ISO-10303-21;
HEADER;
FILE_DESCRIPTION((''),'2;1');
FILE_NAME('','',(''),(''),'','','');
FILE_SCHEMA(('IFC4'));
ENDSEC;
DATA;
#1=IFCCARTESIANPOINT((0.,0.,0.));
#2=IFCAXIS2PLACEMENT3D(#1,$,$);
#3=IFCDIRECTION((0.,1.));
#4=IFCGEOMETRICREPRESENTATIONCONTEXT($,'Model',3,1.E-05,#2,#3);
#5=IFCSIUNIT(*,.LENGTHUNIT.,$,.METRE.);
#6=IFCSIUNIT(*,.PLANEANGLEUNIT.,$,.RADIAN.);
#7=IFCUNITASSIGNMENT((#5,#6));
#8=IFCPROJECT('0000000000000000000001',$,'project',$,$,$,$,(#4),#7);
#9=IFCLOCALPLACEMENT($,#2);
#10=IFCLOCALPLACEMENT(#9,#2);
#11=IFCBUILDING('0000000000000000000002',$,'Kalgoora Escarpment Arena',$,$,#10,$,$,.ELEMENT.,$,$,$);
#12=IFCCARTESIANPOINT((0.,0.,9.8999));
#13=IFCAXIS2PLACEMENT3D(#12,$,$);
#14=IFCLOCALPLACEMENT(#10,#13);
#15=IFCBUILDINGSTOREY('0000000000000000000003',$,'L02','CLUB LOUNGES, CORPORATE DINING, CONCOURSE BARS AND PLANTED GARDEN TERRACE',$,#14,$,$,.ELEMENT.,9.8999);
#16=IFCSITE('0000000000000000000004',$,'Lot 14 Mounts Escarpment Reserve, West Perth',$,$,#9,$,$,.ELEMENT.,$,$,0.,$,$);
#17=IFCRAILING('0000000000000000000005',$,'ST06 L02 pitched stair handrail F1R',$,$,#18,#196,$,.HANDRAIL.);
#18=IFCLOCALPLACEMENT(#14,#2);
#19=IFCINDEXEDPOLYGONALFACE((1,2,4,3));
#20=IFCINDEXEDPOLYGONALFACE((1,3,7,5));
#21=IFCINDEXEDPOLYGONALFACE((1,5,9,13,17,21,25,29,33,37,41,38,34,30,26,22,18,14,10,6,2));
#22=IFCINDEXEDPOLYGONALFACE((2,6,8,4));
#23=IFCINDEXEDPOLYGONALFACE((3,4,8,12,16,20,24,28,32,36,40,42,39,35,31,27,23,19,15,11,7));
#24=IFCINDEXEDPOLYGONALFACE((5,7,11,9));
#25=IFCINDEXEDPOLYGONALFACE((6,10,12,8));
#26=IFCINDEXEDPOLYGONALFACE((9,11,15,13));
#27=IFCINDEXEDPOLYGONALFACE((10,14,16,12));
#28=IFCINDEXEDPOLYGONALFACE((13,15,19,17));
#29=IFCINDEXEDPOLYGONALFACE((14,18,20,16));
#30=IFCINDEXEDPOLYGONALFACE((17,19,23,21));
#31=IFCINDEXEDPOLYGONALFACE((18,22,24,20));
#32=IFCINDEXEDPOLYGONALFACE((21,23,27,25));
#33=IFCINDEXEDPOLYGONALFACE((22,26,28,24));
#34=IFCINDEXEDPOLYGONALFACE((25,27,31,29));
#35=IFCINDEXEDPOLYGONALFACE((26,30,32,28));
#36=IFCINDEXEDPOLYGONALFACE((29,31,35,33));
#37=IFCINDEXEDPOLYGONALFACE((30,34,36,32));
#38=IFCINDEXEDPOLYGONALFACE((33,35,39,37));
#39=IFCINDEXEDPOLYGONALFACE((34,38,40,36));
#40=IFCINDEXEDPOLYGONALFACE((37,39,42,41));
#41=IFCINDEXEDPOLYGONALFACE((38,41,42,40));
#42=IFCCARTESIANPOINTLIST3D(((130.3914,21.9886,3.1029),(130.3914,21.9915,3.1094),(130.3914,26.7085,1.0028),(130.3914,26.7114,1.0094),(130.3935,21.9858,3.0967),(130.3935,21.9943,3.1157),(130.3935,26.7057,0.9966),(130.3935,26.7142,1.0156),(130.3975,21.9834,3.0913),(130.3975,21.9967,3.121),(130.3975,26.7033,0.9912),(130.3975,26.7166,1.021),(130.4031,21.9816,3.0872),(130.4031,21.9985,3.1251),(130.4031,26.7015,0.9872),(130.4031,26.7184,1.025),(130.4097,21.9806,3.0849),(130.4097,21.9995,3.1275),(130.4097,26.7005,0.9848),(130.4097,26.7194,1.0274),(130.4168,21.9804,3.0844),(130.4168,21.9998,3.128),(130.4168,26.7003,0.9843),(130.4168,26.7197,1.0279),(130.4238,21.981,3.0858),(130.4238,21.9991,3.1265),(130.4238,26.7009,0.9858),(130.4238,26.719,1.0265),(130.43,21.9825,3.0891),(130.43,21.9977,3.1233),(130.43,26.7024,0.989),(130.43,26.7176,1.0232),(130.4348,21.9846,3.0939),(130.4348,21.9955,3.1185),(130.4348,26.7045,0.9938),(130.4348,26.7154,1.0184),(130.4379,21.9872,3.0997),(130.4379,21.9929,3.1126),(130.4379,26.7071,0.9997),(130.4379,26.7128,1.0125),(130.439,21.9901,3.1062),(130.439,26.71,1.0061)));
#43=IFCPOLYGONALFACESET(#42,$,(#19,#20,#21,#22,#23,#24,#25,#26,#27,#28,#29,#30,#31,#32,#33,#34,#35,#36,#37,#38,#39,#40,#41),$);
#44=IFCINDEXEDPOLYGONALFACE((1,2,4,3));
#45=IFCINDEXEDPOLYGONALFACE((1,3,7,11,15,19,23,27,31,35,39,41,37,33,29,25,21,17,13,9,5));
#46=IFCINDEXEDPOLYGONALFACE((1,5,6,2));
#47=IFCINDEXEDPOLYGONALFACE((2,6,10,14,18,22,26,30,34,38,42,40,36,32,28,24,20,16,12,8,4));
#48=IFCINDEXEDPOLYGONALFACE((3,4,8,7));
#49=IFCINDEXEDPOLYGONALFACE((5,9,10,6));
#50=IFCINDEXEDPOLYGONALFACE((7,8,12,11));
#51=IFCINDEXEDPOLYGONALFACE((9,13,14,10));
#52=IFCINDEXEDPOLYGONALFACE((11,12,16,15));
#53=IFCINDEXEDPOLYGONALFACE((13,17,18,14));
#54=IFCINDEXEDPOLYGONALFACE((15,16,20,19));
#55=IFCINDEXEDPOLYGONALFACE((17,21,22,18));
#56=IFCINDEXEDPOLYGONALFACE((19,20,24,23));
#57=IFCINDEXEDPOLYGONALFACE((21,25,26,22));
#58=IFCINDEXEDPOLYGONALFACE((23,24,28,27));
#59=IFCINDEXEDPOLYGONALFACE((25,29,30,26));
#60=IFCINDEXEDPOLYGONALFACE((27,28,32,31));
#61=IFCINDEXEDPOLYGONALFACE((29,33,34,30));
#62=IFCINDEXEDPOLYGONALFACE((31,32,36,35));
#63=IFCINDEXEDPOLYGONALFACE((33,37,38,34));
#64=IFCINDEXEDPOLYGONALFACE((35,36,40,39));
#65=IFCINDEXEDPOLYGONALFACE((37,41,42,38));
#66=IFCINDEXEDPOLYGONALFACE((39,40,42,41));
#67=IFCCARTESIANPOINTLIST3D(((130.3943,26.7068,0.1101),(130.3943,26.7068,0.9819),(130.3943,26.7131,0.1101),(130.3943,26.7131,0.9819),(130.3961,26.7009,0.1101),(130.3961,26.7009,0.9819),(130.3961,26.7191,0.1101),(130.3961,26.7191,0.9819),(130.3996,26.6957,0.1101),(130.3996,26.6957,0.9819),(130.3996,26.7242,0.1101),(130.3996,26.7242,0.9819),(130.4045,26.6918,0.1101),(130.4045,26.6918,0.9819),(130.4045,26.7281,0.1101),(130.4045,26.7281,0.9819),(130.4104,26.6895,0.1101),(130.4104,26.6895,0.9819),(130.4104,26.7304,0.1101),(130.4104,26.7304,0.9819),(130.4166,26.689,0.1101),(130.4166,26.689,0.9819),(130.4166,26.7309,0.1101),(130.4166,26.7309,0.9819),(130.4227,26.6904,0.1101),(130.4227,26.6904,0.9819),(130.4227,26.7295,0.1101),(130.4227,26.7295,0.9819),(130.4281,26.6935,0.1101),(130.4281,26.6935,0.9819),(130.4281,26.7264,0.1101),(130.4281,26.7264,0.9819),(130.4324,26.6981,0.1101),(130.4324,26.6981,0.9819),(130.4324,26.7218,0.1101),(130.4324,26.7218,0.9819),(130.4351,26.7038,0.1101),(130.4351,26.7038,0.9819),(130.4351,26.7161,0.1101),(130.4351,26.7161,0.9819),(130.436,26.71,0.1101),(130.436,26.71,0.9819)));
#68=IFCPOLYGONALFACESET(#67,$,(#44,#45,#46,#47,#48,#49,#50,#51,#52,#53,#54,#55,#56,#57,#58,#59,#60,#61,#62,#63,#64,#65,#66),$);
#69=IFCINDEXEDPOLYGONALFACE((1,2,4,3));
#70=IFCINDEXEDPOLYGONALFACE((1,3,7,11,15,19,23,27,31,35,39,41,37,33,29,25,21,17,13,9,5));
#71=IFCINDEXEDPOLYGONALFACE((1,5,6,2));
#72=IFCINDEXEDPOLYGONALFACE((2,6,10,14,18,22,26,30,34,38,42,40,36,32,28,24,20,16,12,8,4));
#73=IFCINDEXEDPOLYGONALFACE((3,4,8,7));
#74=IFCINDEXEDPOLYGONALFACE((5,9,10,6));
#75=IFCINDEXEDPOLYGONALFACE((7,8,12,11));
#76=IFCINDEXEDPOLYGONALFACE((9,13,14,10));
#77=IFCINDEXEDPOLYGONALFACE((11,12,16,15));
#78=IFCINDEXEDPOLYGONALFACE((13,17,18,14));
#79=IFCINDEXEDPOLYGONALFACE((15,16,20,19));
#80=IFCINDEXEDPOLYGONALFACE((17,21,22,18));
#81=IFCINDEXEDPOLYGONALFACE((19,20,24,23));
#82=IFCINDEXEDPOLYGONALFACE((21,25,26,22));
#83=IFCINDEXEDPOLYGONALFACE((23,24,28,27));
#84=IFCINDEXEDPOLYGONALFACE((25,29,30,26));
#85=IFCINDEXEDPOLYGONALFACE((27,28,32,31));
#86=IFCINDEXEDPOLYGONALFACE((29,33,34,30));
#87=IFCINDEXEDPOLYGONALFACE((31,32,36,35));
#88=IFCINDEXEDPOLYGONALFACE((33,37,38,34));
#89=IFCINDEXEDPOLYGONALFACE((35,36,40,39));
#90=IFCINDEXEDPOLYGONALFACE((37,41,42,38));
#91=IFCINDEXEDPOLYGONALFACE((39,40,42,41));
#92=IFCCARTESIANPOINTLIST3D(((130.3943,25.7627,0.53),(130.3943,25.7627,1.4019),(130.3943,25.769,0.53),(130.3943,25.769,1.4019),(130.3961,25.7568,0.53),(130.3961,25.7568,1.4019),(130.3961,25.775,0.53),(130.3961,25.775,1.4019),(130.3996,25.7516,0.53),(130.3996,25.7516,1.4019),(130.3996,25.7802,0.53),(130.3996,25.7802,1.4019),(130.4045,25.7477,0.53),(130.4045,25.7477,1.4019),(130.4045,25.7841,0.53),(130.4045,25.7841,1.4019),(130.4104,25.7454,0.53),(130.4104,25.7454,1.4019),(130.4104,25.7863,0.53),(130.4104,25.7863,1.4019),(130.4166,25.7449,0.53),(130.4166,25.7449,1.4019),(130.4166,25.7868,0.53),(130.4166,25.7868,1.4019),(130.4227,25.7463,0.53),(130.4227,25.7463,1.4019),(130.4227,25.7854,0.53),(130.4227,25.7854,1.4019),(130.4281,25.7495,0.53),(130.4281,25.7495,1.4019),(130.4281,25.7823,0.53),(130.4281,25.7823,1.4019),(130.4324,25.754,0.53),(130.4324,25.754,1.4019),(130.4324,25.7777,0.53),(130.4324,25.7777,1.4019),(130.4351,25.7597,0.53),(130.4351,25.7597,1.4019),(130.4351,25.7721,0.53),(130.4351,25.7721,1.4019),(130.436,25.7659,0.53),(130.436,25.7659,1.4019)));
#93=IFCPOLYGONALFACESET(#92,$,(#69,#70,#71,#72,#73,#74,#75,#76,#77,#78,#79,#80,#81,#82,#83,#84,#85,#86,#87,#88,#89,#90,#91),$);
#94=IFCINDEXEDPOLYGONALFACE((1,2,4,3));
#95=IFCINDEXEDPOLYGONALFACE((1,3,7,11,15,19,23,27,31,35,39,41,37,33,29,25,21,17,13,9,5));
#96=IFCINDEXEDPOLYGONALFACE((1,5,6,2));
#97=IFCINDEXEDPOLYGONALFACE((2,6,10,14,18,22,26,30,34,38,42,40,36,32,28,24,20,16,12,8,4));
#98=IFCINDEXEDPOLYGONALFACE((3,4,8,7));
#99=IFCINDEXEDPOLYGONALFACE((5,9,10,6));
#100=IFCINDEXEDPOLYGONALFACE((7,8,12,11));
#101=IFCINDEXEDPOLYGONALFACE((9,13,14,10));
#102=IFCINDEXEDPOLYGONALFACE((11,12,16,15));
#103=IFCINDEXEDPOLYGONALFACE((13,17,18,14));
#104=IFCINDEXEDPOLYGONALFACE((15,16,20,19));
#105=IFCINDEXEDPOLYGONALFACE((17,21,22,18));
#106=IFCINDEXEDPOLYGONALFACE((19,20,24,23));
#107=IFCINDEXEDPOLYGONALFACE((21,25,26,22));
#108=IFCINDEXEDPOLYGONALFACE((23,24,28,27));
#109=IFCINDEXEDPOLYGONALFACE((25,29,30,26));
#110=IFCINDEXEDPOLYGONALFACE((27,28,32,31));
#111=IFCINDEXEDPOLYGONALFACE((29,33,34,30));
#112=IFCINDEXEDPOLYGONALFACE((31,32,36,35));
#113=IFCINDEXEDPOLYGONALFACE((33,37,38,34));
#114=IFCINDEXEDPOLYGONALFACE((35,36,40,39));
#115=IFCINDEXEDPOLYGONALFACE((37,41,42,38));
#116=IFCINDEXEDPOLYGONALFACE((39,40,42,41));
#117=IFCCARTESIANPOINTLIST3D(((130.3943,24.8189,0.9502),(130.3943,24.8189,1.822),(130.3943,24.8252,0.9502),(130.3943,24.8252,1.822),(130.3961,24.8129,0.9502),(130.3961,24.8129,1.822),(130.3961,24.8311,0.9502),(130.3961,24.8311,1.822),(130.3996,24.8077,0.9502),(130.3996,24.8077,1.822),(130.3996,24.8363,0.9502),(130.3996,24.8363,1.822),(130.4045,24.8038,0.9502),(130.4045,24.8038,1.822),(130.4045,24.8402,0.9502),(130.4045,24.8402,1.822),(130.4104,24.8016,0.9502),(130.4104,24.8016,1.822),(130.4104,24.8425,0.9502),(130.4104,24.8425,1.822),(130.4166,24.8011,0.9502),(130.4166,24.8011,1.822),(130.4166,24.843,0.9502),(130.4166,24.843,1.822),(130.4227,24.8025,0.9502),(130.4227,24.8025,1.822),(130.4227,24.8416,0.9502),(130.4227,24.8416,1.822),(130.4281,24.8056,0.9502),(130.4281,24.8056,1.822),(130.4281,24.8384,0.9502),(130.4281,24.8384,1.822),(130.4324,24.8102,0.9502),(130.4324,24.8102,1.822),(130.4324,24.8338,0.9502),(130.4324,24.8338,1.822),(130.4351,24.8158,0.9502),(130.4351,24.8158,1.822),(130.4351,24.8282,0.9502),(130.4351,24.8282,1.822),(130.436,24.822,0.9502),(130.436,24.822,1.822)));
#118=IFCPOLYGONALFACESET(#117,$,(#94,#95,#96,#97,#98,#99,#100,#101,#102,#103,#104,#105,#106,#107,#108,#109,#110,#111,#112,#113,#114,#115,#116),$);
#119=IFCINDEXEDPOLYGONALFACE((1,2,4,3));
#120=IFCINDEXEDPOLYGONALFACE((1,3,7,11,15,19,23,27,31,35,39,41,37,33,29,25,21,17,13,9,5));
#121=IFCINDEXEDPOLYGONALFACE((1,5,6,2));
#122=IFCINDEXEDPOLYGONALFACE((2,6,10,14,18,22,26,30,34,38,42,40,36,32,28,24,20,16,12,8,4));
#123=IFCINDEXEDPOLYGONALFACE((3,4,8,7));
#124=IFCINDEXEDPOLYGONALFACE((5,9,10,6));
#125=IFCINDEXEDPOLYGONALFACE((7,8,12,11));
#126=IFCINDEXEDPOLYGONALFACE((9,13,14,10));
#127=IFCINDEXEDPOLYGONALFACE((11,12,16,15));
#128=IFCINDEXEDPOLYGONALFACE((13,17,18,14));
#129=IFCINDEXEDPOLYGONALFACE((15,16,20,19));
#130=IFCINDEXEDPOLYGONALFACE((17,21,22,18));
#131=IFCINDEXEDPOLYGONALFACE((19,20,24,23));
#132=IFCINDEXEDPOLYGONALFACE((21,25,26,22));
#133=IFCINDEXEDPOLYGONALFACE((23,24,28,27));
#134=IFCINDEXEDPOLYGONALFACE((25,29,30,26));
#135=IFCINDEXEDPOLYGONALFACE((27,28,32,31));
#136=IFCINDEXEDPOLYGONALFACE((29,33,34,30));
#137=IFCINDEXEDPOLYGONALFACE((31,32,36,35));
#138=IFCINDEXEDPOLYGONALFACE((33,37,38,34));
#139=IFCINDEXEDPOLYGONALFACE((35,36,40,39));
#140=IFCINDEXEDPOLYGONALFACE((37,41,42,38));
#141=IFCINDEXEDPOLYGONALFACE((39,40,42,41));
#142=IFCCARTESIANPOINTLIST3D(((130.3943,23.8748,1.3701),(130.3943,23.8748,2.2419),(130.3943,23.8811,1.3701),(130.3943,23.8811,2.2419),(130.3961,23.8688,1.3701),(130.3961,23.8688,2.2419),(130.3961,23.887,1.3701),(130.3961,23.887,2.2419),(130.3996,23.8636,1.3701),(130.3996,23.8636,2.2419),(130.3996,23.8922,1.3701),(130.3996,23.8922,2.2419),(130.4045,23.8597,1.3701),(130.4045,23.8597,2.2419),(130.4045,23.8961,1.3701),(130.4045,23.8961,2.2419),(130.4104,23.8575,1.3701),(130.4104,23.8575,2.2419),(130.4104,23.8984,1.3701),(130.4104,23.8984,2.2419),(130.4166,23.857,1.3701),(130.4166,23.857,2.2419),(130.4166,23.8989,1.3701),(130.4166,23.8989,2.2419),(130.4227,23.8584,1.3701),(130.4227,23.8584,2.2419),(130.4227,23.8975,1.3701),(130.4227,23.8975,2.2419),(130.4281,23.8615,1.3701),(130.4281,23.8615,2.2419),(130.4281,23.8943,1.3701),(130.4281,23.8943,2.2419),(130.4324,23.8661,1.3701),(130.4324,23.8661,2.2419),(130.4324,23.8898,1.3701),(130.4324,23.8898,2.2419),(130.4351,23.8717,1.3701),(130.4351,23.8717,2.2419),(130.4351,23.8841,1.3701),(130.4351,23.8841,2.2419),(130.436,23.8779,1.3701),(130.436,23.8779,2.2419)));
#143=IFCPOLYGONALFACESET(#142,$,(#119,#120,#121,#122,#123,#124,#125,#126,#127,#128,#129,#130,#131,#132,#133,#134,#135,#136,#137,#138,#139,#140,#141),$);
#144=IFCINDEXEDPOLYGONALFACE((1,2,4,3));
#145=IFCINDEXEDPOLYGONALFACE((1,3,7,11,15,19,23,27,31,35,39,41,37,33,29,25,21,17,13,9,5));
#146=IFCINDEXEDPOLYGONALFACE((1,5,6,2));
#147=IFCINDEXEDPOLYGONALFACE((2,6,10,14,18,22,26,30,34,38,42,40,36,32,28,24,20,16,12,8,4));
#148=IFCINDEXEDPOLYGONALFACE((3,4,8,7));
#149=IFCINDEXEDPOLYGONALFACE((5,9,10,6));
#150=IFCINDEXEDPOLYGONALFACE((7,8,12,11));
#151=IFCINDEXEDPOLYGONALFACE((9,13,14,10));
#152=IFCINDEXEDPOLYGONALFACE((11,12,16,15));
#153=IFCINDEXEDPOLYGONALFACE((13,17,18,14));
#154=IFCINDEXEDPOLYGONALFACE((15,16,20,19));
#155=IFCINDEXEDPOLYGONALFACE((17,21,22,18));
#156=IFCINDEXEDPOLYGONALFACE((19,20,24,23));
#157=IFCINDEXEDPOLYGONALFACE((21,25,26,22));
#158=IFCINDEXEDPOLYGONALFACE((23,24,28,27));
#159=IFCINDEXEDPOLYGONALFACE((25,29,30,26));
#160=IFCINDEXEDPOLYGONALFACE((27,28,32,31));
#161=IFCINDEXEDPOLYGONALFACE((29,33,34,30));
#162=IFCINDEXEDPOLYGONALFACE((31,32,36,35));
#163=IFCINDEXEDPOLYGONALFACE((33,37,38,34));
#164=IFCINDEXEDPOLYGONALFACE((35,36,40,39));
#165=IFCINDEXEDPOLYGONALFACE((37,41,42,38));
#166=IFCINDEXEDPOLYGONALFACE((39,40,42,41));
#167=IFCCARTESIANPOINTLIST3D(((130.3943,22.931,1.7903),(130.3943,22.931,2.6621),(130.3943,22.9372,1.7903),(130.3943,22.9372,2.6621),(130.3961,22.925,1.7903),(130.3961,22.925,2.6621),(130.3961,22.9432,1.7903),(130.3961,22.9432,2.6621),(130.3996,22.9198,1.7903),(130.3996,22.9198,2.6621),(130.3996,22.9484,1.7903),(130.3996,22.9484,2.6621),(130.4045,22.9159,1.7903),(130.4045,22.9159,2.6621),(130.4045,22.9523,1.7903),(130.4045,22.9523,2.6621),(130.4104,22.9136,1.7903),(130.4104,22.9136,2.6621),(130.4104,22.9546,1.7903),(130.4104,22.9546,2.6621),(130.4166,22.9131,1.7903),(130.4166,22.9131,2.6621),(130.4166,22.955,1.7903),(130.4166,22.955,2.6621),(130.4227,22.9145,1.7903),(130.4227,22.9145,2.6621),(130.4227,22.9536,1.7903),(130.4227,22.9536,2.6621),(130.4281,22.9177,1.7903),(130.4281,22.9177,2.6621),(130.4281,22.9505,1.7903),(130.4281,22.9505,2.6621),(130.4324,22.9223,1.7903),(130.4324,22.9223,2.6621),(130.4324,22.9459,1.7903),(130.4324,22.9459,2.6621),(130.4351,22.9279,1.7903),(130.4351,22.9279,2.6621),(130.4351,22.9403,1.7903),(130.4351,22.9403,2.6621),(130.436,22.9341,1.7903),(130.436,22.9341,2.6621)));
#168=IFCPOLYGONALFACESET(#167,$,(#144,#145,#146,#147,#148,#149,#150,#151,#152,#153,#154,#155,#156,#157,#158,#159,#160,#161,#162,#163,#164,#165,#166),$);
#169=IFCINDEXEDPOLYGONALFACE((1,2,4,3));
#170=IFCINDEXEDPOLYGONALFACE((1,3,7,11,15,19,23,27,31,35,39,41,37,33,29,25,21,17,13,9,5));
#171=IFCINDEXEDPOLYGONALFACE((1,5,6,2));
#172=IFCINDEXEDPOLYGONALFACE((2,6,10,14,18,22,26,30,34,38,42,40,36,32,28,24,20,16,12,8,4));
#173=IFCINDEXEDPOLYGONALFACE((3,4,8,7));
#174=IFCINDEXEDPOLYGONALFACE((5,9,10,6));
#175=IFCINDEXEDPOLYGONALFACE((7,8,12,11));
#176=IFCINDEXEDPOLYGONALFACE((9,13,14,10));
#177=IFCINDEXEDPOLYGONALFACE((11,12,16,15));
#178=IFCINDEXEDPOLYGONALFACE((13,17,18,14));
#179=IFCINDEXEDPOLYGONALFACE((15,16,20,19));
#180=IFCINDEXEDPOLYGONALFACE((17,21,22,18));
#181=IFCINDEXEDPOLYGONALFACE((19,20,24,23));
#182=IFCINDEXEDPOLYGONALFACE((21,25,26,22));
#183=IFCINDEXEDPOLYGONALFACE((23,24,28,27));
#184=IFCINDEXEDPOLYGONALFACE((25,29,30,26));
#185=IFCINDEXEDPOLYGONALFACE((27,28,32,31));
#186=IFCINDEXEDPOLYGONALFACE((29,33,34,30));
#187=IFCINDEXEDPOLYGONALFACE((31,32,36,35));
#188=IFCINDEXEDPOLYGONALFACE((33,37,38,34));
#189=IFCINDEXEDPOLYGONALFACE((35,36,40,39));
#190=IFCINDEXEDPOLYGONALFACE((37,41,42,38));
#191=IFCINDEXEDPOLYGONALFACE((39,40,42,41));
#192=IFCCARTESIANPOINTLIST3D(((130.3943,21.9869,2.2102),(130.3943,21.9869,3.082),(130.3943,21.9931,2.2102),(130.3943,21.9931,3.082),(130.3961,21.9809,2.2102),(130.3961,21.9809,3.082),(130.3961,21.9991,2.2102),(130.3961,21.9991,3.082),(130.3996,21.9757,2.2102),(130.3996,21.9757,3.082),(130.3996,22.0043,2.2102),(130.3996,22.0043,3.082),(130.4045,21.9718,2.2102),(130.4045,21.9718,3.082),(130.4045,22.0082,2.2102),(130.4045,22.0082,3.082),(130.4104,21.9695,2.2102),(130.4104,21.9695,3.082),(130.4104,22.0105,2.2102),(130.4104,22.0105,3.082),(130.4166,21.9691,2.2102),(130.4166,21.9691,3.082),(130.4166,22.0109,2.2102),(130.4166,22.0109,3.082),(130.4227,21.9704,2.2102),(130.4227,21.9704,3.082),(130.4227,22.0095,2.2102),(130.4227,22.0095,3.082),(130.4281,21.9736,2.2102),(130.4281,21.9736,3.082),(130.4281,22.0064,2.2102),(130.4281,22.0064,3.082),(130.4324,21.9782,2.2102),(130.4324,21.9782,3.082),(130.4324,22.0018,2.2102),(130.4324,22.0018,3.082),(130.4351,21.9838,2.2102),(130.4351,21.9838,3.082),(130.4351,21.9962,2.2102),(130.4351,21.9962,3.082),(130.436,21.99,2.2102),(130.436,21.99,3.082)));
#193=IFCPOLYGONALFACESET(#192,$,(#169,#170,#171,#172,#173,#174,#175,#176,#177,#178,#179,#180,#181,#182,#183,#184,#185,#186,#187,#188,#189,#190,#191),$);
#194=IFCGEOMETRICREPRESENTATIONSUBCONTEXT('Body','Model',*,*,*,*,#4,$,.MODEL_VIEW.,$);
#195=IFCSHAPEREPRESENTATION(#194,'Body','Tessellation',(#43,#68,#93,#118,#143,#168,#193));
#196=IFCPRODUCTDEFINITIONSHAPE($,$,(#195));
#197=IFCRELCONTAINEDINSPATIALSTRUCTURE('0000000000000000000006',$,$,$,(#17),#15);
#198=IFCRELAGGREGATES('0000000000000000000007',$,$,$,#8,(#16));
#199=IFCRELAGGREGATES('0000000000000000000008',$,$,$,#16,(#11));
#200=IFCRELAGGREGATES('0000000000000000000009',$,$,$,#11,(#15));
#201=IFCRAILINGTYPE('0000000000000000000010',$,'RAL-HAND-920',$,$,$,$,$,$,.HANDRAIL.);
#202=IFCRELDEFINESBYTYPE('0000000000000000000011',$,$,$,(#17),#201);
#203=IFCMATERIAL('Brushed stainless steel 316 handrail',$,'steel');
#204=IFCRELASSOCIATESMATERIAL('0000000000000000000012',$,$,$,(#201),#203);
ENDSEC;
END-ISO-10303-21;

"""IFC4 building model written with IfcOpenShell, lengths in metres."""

from ifc_helpers import new_model, si_unit, direction, frame, origin, origin_2d, place, context, subcontext, project, spatial, circle, extrude, material, type_object, element, save


model = new_model("IFC4")

# Units and contexts
model_context = context("Model", 3, precision=1e-05, world=origin(), true_north=direction((0.0, 1.0)))
body_context = subcontext(model_context, "Body", "Model", "MODEL_VIEW")
ifc_project = project(units=[si_unit("LENGTHUNIT", "METRE"), si_unit("PLANEANGLEUNIT", "RADIAN")], contexts=[model_context])

# Site, building, storey
site_placement = place(None, origin())
site = spatial("IfcSite", under=ifc_project, at=site_placement, Name="Lot 14 Mounts Escarpment Reserve, West Perth", CompositionType="ELEMENT", RefElevation=0.0)
building_placement = place(site_placement, origin())
building = spatial("IfcBuilding", under=site, at=building_placement, Name="Kalgoora Escarpment Arena", CompositionType="ELEMENT")
storey_placement = place(building_placement, frame((0.0, 0.0, 9.8999)))
storey = spatial("IfcBuildingStorey", under=building, at=storey_placement, Name="L02", Description="CLUB LOUNGES, CORPORATE DINING, CONCOURSE BARS AND PLANTED GARDEN TERRACE", CompositionType="ELEMENT", Elevation=9.8999)

# Railing
ifc_material_1 = material(Name="Brushed stainless steel 316 handrail", Category="steel")
railing_type_1 = type_object("IfcRailingType", Name="RAL-HAND-920", PredefinedType="HANDRAIL", material=ifc_material_1)
for number, where, name in (
    (1, (130.415, 26.71, 0.1101), "ST06 L02 pitched stair handrail F1R"),
):
    element("IfcRailing", number, at=place(storey_placement, frame(where)), inside=storey, type_object=railing_type_1, Name=name, PredefinedType="HANDRAIL", context=body_context, shape_type="SweptSolid", body=[
        extrude(circle(Radius=0.0239, at=origin_2d()), frame((0.0, 0.0, 0.896), z_axis=(0.0, -0.913644, 0.406516), x_axis=(1.0, 0.0, 0.0)), (0.0, 0.0, 1.0), 5.166),
        extrude(circle(Radius=0.021, at=origin_2d()), origin(), (0.0, 0.0, 1.0), 0.8718),
        extrude(circle(Radius=0.021, at=origin_2d()), frame((0.0, -0.9441, 0.4199)), (0.0, 0.0, 1.0), 0.8718),
        extrude(circle(Radius=0.021, at=origin_2d()), frame((0.0, -1.8879, 0.8401)), (0.0, 0.0, 1.0), 0.8718),
        extrude(circle(Radius=0.021, at=origin_2d()), frame((0.0, -2.832, 1.26)), (0.0, 0.0, 1.0), 0.8718),
        extrude(circle(Radius=0.021, at=origin_2d()), frame((0.0, -3.7759, 1.6802)), (0.0, 0.0, 1.0), 0.8718),
        extrude(circle(Radius=0.021, at=origin_2d()), frame((0.0, -4.72, 2.1001)), (0.0, 0.0, 1.0), 0.8718),
    ])

save(model, "model.ifc")
